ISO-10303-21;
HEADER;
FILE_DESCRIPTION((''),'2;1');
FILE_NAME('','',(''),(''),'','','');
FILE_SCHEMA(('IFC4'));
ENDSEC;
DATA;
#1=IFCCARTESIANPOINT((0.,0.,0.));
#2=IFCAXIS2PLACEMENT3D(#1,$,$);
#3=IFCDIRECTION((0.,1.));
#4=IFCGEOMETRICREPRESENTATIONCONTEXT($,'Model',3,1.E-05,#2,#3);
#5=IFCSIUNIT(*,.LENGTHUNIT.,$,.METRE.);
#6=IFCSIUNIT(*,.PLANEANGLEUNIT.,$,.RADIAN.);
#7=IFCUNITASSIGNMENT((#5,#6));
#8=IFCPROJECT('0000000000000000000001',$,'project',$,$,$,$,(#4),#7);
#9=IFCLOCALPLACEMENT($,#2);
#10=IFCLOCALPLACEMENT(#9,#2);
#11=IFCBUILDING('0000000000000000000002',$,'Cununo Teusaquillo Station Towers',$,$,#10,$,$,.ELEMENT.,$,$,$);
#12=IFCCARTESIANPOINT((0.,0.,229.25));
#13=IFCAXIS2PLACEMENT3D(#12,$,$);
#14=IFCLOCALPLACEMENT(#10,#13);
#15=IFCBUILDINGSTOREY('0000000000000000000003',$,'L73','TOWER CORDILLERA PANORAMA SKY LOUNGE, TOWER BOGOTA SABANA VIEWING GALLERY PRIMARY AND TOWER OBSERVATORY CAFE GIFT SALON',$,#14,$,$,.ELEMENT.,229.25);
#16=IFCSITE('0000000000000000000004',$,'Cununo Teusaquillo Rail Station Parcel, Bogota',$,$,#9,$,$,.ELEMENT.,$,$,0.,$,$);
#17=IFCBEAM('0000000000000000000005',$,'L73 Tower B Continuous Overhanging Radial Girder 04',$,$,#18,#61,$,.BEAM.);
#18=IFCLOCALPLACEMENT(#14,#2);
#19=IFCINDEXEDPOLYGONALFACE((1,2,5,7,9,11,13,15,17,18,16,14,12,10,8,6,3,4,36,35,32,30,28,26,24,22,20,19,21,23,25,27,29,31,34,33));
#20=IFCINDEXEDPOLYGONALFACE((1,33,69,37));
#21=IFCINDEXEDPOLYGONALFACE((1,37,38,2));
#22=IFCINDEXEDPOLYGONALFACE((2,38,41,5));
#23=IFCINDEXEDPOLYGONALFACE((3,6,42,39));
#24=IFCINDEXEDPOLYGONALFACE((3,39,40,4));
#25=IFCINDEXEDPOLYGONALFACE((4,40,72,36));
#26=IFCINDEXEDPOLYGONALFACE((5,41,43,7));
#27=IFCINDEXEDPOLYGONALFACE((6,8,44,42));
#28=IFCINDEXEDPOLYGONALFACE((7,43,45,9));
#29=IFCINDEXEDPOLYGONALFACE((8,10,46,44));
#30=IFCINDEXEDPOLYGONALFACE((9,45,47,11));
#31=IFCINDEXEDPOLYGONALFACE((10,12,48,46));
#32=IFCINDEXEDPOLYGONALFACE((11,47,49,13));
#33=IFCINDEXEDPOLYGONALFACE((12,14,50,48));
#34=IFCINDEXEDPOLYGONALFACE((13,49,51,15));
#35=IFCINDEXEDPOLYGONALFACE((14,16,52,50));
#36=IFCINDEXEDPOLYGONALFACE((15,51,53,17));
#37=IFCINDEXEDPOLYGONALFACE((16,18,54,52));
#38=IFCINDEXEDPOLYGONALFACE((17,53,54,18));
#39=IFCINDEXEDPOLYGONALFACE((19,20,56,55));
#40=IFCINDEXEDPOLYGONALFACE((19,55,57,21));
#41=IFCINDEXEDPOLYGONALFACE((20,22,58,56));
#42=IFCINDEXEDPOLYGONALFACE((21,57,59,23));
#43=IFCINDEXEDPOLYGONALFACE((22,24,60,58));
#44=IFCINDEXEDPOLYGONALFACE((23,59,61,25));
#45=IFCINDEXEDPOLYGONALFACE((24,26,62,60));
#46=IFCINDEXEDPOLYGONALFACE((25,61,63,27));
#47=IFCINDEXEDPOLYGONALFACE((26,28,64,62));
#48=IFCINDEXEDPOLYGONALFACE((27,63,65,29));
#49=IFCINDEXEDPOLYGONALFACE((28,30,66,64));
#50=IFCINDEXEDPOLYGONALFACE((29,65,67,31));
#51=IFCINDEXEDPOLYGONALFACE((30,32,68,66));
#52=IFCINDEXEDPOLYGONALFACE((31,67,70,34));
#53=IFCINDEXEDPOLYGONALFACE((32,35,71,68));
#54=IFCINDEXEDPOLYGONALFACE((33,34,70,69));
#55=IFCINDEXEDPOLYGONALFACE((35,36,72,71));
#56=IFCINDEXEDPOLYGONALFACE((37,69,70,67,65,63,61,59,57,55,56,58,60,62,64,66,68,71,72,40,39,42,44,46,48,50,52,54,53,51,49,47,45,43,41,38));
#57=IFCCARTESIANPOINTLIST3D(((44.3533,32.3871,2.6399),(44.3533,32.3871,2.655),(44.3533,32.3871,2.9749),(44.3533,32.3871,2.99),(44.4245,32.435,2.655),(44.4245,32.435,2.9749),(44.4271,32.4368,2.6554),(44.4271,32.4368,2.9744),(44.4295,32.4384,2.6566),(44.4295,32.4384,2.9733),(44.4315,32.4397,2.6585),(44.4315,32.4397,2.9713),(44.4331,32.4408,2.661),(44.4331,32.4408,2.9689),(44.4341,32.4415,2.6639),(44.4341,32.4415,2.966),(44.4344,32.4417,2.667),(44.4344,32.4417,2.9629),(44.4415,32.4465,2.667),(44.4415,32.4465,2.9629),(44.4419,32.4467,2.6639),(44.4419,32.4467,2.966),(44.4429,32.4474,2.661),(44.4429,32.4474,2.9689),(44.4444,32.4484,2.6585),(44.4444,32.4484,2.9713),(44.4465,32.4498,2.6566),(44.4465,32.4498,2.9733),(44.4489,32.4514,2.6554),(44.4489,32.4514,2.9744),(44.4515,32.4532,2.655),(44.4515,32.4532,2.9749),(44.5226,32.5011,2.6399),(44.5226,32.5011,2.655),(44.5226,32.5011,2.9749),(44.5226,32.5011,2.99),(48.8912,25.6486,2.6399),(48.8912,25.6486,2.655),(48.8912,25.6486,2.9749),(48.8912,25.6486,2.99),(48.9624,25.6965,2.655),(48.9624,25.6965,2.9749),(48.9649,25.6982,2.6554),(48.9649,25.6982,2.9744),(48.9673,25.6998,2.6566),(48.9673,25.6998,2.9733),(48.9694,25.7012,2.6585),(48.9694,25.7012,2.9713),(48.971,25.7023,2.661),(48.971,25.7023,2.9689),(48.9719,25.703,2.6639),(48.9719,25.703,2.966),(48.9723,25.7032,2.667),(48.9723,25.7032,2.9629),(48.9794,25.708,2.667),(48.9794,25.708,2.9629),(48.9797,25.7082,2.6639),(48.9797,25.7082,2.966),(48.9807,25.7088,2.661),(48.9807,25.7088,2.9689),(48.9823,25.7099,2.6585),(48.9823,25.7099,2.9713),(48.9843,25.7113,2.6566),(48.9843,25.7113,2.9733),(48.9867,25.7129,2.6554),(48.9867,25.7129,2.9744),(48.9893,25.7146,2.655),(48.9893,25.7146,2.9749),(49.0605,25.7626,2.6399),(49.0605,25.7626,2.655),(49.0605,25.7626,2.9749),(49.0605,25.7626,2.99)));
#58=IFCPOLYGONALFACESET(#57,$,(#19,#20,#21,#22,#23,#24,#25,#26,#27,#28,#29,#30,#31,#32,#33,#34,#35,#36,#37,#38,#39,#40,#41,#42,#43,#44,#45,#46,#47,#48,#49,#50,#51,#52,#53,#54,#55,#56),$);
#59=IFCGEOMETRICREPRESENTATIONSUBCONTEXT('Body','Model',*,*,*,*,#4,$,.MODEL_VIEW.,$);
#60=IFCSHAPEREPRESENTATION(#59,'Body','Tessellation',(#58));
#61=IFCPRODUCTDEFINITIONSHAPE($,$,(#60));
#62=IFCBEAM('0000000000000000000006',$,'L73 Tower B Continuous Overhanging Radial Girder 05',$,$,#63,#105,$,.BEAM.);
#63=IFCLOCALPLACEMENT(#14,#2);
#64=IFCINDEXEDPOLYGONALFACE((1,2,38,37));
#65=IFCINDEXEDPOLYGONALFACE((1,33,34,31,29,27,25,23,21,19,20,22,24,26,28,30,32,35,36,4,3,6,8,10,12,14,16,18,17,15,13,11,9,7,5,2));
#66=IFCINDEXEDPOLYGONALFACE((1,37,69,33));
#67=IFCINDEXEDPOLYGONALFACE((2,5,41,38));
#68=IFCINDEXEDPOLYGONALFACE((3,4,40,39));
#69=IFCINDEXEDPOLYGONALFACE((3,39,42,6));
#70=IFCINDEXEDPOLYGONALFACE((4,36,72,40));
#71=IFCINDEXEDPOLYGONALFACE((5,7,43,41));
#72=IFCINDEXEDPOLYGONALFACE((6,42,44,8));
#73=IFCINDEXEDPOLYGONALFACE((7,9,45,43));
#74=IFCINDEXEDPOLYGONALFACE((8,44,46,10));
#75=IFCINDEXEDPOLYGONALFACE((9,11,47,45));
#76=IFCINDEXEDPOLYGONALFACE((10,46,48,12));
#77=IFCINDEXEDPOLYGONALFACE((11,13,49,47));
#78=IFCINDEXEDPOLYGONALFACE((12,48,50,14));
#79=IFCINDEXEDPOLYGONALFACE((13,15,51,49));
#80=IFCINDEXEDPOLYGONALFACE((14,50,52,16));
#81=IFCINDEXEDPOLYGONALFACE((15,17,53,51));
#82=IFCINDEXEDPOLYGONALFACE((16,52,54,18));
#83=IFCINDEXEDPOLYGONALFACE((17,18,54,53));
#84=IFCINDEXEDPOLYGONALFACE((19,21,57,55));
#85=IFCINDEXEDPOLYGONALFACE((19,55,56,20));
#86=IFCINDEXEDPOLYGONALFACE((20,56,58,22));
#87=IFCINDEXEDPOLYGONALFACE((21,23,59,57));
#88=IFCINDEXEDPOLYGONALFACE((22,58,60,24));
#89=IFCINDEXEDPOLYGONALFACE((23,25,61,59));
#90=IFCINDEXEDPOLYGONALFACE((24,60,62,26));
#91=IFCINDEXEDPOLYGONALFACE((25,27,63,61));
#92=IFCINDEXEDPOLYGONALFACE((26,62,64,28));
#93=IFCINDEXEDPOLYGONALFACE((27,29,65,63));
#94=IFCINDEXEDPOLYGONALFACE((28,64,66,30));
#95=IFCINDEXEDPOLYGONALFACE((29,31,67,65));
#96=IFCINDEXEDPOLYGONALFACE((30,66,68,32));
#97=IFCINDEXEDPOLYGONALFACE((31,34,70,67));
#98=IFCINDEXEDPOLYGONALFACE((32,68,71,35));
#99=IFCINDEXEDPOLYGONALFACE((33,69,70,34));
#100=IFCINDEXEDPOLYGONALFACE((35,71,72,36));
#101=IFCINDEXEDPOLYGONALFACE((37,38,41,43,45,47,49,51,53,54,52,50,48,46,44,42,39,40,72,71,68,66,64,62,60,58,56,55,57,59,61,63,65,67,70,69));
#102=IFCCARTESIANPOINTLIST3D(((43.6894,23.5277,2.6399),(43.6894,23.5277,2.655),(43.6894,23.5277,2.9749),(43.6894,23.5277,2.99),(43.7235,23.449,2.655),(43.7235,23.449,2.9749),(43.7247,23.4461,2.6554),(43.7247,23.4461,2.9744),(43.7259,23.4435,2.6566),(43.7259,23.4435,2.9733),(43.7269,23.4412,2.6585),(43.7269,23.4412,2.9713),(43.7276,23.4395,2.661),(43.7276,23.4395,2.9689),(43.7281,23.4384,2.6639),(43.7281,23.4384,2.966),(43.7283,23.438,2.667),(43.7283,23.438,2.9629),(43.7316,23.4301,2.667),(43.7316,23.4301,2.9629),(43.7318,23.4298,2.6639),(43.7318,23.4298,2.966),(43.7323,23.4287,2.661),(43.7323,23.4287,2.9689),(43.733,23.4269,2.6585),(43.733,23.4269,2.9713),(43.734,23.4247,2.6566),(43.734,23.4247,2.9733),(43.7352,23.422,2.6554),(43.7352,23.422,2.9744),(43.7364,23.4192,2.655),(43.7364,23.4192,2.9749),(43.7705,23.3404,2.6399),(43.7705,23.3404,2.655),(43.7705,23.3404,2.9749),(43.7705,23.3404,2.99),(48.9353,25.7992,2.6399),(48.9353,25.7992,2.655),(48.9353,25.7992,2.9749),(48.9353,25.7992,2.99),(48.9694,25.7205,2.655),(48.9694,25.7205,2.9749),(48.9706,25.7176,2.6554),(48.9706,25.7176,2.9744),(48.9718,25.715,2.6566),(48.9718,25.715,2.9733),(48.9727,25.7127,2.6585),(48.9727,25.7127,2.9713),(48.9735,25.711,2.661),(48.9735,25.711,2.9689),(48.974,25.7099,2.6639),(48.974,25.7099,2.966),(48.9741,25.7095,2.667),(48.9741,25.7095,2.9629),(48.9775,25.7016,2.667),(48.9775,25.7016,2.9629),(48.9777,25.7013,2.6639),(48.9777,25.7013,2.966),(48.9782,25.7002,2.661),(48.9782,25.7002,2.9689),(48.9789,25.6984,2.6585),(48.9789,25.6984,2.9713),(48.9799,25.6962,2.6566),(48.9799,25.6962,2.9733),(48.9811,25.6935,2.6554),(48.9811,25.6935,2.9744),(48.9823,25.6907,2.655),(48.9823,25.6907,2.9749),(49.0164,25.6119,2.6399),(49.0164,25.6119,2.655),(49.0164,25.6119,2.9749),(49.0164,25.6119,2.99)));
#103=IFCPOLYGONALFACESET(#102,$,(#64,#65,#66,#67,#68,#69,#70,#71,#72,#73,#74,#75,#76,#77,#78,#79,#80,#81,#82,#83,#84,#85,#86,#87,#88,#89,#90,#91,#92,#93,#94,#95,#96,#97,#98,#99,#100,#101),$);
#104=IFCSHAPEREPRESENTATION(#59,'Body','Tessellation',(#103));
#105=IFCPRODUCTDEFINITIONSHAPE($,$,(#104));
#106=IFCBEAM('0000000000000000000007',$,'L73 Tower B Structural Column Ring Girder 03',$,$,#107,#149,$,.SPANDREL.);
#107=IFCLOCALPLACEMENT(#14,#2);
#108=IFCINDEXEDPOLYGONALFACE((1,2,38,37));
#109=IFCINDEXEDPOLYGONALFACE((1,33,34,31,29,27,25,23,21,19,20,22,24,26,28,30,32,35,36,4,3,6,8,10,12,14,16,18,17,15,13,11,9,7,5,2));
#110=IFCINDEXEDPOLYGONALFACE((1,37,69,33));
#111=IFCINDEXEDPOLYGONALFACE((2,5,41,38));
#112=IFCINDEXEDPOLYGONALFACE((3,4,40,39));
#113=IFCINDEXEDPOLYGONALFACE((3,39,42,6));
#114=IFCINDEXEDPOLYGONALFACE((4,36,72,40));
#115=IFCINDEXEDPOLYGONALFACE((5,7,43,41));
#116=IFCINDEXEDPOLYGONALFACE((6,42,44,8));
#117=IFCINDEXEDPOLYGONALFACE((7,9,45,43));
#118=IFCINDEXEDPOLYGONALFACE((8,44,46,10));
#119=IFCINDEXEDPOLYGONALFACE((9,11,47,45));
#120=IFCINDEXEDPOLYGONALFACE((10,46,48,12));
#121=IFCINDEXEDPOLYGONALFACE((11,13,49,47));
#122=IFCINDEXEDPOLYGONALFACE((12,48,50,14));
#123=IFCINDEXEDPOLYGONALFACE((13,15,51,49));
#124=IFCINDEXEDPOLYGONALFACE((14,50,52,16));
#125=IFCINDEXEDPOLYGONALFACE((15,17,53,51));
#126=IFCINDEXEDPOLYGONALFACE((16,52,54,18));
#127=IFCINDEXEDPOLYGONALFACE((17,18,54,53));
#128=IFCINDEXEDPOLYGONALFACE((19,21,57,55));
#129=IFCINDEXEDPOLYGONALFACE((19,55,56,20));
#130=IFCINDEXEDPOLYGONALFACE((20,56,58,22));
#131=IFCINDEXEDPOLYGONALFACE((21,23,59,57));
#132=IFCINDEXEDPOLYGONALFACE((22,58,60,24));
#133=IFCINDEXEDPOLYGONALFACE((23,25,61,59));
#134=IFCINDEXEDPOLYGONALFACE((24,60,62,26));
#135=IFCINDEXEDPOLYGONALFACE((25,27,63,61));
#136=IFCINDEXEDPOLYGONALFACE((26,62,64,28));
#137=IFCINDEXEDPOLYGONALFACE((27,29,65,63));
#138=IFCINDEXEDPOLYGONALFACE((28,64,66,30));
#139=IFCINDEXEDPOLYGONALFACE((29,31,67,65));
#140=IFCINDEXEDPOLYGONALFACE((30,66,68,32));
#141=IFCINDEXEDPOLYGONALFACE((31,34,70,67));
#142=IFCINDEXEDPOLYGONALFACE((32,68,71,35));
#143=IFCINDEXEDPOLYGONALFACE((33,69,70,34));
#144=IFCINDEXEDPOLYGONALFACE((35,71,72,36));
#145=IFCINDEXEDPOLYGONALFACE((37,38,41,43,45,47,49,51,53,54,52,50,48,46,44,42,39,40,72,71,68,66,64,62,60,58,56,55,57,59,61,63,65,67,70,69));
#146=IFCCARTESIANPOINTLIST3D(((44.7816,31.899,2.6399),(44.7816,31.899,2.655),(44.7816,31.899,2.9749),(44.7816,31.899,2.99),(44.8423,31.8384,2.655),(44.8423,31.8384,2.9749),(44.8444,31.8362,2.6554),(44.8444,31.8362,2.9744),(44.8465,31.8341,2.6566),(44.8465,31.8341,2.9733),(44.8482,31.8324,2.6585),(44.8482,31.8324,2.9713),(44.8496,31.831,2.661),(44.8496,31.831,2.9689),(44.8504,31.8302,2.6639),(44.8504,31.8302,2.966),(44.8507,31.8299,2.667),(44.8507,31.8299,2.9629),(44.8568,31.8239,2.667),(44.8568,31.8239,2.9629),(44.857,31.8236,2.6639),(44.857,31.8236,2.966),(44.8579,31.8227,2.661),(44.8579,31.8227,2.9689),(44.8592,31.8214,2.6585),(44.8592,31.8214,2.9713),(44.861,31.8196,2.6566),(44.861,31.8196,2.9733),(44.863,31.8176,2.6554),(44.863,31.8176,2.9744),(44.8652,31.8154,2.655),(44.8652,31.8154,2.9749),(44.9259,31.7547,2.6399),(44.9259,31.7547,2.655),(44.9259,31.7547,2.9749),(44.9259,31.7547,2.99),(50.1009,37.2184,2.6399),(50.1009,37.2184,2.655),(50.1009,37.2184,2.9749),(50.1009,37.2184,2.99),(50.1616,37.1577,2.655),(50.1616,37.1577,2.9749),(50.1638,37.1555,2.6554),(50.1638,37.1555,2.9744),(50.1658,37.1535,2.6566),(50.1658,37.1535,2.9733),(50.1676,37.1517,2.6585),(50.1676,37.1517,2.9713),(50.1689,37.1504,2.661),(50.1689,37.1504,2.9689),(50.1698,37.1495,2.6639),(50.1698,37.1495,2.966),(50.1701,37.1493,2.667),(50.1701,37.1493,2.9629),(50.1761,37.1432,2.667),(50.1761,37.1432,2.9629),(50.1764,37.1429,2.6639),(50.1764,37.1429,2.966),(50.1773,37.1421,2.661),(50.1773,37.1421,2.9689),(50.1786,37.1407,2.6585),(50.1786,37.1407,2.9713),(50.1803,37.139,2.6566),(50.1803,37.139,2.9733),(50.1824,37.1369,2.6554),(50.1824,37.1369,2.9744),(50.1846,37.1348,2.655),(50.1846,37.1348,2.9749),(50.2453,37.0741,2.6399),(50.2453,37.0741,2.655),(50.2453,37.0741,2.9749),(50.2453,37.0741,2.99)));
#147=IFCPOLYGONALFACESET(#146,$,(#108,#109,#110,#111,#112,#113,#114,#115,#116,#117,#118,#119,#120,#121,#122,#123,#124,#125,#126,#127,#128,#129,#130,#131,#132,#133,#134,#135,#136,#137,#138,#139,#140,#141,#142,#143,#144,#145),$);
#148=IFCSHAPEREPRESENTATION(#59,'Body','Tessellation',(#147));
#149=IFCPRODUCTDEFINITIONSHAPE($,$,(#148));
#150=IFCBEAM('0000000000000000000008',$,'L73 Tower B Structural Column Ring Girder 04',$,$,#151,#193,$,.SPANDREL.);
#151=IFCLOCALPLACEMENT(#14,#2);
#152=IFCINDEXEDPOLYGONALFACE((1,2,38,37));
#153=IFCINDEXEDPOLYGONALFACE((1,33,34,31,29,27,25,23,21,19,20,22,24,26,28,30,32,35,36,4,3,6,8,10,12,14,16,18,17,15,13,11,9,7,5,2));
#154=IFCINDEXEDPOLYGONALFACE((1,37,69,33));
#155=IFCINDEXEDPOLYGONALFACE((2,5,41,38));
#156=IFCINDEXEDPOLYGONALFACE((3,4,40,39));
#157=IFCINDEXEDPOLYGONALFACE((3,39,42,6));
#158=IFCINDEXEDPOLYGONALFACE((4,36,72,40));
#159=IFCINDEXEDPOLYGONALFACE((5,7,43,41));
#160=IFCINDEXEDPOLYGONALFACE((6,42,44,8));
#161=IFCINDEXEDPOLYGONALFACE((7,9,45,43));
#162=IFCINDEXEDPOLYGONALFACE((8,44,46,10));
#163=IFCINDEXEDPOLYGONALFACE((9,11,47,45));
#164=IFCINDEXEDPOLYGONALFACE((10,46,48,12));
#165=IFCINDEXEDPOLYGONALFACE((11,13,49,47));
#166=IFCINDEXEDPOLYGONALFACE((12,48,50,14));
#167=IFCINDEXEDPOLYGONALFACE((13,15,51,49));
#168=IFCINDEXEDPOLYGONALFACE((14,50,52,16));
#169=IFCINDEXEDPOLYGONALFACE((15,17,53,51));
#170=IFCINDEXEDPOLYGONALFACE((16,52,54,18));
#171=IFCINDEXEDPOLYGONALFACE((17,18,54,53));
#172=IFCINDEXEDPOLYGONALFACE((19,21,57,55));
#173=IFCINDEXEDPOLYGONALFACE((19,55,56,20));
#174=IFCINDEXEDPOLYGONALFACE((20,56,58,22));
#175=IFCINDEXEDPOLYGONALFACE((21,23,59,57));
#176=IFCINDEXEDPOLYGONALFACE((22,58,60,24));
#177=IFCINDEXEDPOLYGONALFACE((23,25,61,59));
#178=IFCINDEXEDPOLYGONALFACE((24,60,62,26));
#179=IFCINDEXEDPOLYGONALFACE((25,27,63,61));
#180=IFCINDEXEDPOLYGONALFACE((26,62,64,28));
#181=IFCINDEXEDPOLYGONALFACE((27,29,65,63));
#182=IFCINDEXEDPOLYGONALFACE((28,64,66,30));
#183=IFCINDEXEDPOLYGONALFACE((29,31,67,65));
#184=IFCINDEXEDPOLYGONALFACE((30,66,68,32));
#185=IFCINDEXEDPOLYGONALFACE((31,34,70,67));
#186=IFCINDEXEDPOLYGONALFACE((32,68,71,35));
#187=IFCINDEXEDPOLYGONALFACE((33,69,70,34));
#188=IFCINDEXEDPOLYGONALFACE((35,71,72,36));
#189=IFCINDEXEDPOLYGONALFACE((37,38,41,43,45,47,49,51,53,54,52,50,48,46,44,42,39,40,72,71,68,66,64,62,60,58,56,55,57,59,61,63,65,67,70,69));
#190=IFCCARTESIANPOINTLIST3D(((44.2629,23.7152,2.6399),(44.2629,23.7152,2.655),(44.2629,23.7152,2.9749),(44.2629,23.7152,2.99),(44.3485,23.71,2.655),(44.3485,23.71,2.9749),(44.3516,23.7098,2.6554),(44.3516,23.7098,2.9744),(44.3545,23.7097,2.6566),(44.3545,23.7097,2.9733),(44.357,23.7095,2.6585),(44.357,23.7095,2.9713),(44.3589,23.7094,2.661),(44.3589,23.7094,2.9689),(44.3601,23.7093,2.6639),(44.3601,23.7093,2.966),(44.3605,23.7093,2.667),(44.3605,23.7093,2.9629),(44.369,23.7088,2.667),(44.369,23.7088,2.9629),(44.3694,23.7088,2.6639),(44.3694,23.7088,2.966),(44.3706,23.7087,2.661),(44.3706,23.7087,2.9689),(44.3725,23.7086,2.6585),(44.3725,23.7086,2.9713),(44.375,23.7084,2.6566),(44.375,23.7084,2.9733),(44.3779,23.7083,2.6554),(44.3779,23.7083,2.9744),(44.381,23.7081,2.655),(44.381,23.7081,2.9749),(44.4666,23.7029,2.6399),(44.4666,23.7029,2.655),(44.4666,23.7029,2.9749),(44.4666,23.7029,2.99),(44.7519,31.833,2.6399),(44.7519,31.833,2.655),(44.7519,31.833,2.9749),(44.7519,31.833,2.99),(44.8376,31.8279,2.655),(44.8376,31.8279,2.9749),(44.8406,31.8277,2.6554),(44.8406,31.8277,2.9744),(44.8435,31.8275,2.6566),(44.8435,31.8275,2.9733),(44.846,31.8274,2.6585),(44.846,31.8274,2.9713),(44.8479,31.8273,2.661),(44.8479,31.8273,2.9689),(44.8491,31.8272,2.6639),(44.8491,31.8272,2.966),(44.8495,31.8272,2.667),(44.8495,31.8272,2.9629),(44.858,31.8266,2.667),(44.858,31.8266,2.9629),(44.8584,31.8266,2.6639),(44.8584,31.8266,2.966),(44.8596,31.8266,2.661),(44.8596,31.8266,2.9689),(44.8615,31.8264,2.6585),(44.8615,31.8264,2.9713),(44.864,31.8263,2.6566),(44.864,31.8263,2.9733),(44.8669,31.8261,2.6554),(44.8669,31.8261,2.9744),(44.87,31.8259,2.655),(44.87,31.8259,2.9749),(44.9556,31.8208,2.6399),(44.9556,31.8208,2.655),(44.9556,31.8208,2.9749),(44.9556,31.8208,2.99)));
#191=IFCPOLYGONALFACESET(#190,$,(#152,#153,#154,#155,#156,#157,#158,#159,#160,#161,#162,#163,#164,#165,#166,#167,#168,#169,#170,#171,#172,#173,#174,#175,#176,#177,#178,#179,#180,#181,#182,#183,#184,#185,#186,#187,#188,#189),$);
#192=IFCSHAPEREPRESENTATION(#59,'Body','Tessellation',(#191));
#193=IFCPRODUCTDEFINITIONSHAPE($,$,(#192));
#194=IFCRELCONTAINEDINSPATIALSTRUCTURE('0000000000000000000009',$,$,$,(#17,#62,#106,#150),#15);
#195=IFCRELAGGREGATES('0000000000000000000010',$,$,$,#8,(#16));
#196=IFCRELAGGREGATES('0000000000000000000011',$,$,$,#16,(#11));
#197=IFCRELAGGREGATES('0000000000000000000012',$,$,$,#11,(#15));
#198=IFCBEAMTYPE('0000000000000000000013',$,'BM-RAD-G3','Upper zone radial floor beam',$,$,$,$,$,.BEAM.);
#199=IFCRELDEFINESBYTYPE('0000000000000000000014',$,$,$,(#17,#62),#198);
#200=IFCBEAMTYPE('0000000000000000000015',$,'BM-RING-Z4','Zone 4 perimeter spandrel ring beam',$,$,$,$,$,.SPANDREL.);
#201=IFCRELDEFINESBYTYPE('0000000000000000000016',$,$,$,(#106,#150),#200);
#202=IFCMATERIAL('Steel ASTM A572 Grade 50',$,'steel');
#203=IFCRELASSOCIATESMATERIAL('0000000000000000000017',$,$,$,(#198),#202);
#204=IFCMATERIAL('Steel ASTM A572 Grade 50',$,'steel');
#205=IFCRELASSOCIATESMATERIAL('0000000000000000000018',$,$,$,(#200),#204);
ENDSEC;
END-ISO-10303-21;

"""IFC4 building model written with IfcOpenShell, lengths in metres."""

from ifc_helpers import new_model, si_unit, direction, frame, origin, origin_2d, place, context, subcontext, project, spatial, i_section, extrude, material, material_profile, profile_set, type_object, element, save


model = new_model("IFC4")

# Units and contexts
model_context = context("Model", 3, precision=1e-05, world=origin(), true_north=direction((0.0, 1.0)))
body_context = subcontext(model_context, "Body", "Model", "MODEL_VIEW")
ifc_project = project(units=[si_unit("LENGTHUNIT", "METRE"), si_unit("PLANEANGLEUNIT", "RADIAN")], contexts=[model_context])

# Site, building, storey
site_placement = place(None, origin())
site = spatial("IfcSite", under=ifc_project, at=site_placement, Name="Cununo Teusaquillo Rail Station Parcel, Bogota", CompositionType="ELEMENT", RefElevation=0.0)
building_placement = place(site_placement, origin())
building = spatial("IfcBuilding", under=site, at=building_placement, Name="Cununo Teusaquillo Station Towers", CompositionType="ELEMENT")
storey_placement = place(building_placement, frame((0.0, 0.0, 229.25)))
storey = spatial("IfcBuildingStorey", under=building, at=storey_placement, Name="L73", Description="TOWER CORDILLERA PANORAMA SKY LOUNGE, TOWER BOGOTA SABANA VIEWING GALLERY PRIMARY AND TOWER OBSERVATORY CAFE GIFT SALON", CompositionType="ELEMENT", Elevation=229.25)

# Beams
ifc_material_1 = material(Name="Steel ASTM A572 Grade 50", Category="steel")
ifc_material_profile_1 = material_profile(ifc_material_1, i_section(OverallWidth=0.2041, OverallDepth=0.3501, WebThickness=0.0085, FlangeThickness=0.0151, FilletRadius=0.012, at=origin_2d()), Name="W14X48")
ifc_profile_set_1 = profile_set([ifc_material_profile_1], Name="Steel ASTM A572 Grade 50")
beam_type_1 = type_object("IfcBeamType", Name="BM-RAD-G3", Description="Upper zone radial floor beam", PredefinedType="BEAM", material=ifc_profile_set_1)
beam_1_placement = place(storey_placement, frame((48.9758, 25.7056, 2.8149), z_axis=(-0.558571, 0.829457, 0.0), x_axis=(-0.829457, -0.558571, 0.0)))
element("IfcBeam", 1, at=beam_1_placement, inside=storey, type_object=beam_type_1, Name="L73 Tower B Continuous Overhanging Radial Girder 04", PredefinedType="BEAM", context=body_context, shape_type="SweptSolid", body=[
    extrude(i_section(OverallWidth=0.2041, OverallDepth=0.3501, WebThickness=0.0085, FlangeThickness=0.0151, FilletRadius=0.012, at=origin_2d()), origin(), (0.0, 0.0, 1.0), 8.124),
])
beam_2_placement = place(storey_placement, frame((48.9758, 25.7056, 2.8149), z_axis=(-0.917665, -0.397355, 0.0), x_axis=(0.397355, -0.917665, 0.0)))
element("IfcBeam", 2, at=beam_2_placement, inside=storey, type_object=beam_type_1, Name="L73 Tower B Continuous Overhanging Radial Girder 05", PredefinedType="BEAM", context=body_context, shape_type="SweptSolid", body=[
    extrude(i_section(OverallWidth=0.2041, OverallDepth=0.3501, WebThickness=0.0085, FlangeThickness=0.0151, FilletRadius=0.012, at=origin_2d()), origin(), (0.0, 0.0, 1.0), 5.7166),
])
ifc_material_2 = material(Name="Steel ASTM A572 Grade 50", Category="steel")
ifc_material_profile_2 = material_profile(ifc_material_2, i_section(OverallWidth=0.2041, OverallDepth=0.3501, WebThickness=0.0085, FlangeThickness=0.0151, FilletRadius=0.012, at=origin_2d()), Name="W14X48")
ifc_profile_set_2 = profile_set([ifc_material_profile_2], Name="Steel ASTM A572 Grade 50")
beam_type_2 = type_object("IfcBeamType", Name="BM-RING-Z4", Description="Zone 4 perimeter spandrel ring beam", PredefinedType="SPANDREL", material=ifc_profile_set_2)
beam_3_placement = place(storey_placement, frame((50.1731, 37.1462, 2.8149), z_axis=(-0.707107, -0.707107, 0.0), x_axis=(0.707107, -0.707107, 0.0)))
element("IfcBeam", 3, at=beam_3_placement, inside=storey, type_object=beam_type_2, Name="L73 Tower B Structural Column Ring Girder 03", PredefinedType="SPANDREL", context=body_context, shape_type="SweptSolid", body=[
    extrude(i_section(OverallWidth=0.2041, OverallDepth=0.3501, WebThickness=0.0085, FlangeThickness=0.0151, FilletRadius=0.012, at=origin_2d()), origin(), (0.0, 0.0, 1.0), 7.5227),
])
beam_4_placement = place(storey_placement, frame((44.8538, 31.8269, 2.8149), z_axis=(-0.06013, -0.998191, 0.0), x_axis=(0.998191, -0.06013, 0.0)))
element("IfcBeam", 4, at=beam_4_placement, inside=storey, type_object=beam_type_2, Name="L73 Tower B Structural Column Ring Girder 04", PredefinedType="SPANDREL", context=body_context, shape_type="SweptSolid", body=[
    extrude(i_section(OverallWidth=0.2041, OverallDepth=0.3501, WebThickness=0.0085, FlangeThickness=0.0151, FilletRadius=0.012, at=origin_2d()), origin(), (0.0, 0.0, 1.0), 8.1326),
])

save(model, "model.ifc")
